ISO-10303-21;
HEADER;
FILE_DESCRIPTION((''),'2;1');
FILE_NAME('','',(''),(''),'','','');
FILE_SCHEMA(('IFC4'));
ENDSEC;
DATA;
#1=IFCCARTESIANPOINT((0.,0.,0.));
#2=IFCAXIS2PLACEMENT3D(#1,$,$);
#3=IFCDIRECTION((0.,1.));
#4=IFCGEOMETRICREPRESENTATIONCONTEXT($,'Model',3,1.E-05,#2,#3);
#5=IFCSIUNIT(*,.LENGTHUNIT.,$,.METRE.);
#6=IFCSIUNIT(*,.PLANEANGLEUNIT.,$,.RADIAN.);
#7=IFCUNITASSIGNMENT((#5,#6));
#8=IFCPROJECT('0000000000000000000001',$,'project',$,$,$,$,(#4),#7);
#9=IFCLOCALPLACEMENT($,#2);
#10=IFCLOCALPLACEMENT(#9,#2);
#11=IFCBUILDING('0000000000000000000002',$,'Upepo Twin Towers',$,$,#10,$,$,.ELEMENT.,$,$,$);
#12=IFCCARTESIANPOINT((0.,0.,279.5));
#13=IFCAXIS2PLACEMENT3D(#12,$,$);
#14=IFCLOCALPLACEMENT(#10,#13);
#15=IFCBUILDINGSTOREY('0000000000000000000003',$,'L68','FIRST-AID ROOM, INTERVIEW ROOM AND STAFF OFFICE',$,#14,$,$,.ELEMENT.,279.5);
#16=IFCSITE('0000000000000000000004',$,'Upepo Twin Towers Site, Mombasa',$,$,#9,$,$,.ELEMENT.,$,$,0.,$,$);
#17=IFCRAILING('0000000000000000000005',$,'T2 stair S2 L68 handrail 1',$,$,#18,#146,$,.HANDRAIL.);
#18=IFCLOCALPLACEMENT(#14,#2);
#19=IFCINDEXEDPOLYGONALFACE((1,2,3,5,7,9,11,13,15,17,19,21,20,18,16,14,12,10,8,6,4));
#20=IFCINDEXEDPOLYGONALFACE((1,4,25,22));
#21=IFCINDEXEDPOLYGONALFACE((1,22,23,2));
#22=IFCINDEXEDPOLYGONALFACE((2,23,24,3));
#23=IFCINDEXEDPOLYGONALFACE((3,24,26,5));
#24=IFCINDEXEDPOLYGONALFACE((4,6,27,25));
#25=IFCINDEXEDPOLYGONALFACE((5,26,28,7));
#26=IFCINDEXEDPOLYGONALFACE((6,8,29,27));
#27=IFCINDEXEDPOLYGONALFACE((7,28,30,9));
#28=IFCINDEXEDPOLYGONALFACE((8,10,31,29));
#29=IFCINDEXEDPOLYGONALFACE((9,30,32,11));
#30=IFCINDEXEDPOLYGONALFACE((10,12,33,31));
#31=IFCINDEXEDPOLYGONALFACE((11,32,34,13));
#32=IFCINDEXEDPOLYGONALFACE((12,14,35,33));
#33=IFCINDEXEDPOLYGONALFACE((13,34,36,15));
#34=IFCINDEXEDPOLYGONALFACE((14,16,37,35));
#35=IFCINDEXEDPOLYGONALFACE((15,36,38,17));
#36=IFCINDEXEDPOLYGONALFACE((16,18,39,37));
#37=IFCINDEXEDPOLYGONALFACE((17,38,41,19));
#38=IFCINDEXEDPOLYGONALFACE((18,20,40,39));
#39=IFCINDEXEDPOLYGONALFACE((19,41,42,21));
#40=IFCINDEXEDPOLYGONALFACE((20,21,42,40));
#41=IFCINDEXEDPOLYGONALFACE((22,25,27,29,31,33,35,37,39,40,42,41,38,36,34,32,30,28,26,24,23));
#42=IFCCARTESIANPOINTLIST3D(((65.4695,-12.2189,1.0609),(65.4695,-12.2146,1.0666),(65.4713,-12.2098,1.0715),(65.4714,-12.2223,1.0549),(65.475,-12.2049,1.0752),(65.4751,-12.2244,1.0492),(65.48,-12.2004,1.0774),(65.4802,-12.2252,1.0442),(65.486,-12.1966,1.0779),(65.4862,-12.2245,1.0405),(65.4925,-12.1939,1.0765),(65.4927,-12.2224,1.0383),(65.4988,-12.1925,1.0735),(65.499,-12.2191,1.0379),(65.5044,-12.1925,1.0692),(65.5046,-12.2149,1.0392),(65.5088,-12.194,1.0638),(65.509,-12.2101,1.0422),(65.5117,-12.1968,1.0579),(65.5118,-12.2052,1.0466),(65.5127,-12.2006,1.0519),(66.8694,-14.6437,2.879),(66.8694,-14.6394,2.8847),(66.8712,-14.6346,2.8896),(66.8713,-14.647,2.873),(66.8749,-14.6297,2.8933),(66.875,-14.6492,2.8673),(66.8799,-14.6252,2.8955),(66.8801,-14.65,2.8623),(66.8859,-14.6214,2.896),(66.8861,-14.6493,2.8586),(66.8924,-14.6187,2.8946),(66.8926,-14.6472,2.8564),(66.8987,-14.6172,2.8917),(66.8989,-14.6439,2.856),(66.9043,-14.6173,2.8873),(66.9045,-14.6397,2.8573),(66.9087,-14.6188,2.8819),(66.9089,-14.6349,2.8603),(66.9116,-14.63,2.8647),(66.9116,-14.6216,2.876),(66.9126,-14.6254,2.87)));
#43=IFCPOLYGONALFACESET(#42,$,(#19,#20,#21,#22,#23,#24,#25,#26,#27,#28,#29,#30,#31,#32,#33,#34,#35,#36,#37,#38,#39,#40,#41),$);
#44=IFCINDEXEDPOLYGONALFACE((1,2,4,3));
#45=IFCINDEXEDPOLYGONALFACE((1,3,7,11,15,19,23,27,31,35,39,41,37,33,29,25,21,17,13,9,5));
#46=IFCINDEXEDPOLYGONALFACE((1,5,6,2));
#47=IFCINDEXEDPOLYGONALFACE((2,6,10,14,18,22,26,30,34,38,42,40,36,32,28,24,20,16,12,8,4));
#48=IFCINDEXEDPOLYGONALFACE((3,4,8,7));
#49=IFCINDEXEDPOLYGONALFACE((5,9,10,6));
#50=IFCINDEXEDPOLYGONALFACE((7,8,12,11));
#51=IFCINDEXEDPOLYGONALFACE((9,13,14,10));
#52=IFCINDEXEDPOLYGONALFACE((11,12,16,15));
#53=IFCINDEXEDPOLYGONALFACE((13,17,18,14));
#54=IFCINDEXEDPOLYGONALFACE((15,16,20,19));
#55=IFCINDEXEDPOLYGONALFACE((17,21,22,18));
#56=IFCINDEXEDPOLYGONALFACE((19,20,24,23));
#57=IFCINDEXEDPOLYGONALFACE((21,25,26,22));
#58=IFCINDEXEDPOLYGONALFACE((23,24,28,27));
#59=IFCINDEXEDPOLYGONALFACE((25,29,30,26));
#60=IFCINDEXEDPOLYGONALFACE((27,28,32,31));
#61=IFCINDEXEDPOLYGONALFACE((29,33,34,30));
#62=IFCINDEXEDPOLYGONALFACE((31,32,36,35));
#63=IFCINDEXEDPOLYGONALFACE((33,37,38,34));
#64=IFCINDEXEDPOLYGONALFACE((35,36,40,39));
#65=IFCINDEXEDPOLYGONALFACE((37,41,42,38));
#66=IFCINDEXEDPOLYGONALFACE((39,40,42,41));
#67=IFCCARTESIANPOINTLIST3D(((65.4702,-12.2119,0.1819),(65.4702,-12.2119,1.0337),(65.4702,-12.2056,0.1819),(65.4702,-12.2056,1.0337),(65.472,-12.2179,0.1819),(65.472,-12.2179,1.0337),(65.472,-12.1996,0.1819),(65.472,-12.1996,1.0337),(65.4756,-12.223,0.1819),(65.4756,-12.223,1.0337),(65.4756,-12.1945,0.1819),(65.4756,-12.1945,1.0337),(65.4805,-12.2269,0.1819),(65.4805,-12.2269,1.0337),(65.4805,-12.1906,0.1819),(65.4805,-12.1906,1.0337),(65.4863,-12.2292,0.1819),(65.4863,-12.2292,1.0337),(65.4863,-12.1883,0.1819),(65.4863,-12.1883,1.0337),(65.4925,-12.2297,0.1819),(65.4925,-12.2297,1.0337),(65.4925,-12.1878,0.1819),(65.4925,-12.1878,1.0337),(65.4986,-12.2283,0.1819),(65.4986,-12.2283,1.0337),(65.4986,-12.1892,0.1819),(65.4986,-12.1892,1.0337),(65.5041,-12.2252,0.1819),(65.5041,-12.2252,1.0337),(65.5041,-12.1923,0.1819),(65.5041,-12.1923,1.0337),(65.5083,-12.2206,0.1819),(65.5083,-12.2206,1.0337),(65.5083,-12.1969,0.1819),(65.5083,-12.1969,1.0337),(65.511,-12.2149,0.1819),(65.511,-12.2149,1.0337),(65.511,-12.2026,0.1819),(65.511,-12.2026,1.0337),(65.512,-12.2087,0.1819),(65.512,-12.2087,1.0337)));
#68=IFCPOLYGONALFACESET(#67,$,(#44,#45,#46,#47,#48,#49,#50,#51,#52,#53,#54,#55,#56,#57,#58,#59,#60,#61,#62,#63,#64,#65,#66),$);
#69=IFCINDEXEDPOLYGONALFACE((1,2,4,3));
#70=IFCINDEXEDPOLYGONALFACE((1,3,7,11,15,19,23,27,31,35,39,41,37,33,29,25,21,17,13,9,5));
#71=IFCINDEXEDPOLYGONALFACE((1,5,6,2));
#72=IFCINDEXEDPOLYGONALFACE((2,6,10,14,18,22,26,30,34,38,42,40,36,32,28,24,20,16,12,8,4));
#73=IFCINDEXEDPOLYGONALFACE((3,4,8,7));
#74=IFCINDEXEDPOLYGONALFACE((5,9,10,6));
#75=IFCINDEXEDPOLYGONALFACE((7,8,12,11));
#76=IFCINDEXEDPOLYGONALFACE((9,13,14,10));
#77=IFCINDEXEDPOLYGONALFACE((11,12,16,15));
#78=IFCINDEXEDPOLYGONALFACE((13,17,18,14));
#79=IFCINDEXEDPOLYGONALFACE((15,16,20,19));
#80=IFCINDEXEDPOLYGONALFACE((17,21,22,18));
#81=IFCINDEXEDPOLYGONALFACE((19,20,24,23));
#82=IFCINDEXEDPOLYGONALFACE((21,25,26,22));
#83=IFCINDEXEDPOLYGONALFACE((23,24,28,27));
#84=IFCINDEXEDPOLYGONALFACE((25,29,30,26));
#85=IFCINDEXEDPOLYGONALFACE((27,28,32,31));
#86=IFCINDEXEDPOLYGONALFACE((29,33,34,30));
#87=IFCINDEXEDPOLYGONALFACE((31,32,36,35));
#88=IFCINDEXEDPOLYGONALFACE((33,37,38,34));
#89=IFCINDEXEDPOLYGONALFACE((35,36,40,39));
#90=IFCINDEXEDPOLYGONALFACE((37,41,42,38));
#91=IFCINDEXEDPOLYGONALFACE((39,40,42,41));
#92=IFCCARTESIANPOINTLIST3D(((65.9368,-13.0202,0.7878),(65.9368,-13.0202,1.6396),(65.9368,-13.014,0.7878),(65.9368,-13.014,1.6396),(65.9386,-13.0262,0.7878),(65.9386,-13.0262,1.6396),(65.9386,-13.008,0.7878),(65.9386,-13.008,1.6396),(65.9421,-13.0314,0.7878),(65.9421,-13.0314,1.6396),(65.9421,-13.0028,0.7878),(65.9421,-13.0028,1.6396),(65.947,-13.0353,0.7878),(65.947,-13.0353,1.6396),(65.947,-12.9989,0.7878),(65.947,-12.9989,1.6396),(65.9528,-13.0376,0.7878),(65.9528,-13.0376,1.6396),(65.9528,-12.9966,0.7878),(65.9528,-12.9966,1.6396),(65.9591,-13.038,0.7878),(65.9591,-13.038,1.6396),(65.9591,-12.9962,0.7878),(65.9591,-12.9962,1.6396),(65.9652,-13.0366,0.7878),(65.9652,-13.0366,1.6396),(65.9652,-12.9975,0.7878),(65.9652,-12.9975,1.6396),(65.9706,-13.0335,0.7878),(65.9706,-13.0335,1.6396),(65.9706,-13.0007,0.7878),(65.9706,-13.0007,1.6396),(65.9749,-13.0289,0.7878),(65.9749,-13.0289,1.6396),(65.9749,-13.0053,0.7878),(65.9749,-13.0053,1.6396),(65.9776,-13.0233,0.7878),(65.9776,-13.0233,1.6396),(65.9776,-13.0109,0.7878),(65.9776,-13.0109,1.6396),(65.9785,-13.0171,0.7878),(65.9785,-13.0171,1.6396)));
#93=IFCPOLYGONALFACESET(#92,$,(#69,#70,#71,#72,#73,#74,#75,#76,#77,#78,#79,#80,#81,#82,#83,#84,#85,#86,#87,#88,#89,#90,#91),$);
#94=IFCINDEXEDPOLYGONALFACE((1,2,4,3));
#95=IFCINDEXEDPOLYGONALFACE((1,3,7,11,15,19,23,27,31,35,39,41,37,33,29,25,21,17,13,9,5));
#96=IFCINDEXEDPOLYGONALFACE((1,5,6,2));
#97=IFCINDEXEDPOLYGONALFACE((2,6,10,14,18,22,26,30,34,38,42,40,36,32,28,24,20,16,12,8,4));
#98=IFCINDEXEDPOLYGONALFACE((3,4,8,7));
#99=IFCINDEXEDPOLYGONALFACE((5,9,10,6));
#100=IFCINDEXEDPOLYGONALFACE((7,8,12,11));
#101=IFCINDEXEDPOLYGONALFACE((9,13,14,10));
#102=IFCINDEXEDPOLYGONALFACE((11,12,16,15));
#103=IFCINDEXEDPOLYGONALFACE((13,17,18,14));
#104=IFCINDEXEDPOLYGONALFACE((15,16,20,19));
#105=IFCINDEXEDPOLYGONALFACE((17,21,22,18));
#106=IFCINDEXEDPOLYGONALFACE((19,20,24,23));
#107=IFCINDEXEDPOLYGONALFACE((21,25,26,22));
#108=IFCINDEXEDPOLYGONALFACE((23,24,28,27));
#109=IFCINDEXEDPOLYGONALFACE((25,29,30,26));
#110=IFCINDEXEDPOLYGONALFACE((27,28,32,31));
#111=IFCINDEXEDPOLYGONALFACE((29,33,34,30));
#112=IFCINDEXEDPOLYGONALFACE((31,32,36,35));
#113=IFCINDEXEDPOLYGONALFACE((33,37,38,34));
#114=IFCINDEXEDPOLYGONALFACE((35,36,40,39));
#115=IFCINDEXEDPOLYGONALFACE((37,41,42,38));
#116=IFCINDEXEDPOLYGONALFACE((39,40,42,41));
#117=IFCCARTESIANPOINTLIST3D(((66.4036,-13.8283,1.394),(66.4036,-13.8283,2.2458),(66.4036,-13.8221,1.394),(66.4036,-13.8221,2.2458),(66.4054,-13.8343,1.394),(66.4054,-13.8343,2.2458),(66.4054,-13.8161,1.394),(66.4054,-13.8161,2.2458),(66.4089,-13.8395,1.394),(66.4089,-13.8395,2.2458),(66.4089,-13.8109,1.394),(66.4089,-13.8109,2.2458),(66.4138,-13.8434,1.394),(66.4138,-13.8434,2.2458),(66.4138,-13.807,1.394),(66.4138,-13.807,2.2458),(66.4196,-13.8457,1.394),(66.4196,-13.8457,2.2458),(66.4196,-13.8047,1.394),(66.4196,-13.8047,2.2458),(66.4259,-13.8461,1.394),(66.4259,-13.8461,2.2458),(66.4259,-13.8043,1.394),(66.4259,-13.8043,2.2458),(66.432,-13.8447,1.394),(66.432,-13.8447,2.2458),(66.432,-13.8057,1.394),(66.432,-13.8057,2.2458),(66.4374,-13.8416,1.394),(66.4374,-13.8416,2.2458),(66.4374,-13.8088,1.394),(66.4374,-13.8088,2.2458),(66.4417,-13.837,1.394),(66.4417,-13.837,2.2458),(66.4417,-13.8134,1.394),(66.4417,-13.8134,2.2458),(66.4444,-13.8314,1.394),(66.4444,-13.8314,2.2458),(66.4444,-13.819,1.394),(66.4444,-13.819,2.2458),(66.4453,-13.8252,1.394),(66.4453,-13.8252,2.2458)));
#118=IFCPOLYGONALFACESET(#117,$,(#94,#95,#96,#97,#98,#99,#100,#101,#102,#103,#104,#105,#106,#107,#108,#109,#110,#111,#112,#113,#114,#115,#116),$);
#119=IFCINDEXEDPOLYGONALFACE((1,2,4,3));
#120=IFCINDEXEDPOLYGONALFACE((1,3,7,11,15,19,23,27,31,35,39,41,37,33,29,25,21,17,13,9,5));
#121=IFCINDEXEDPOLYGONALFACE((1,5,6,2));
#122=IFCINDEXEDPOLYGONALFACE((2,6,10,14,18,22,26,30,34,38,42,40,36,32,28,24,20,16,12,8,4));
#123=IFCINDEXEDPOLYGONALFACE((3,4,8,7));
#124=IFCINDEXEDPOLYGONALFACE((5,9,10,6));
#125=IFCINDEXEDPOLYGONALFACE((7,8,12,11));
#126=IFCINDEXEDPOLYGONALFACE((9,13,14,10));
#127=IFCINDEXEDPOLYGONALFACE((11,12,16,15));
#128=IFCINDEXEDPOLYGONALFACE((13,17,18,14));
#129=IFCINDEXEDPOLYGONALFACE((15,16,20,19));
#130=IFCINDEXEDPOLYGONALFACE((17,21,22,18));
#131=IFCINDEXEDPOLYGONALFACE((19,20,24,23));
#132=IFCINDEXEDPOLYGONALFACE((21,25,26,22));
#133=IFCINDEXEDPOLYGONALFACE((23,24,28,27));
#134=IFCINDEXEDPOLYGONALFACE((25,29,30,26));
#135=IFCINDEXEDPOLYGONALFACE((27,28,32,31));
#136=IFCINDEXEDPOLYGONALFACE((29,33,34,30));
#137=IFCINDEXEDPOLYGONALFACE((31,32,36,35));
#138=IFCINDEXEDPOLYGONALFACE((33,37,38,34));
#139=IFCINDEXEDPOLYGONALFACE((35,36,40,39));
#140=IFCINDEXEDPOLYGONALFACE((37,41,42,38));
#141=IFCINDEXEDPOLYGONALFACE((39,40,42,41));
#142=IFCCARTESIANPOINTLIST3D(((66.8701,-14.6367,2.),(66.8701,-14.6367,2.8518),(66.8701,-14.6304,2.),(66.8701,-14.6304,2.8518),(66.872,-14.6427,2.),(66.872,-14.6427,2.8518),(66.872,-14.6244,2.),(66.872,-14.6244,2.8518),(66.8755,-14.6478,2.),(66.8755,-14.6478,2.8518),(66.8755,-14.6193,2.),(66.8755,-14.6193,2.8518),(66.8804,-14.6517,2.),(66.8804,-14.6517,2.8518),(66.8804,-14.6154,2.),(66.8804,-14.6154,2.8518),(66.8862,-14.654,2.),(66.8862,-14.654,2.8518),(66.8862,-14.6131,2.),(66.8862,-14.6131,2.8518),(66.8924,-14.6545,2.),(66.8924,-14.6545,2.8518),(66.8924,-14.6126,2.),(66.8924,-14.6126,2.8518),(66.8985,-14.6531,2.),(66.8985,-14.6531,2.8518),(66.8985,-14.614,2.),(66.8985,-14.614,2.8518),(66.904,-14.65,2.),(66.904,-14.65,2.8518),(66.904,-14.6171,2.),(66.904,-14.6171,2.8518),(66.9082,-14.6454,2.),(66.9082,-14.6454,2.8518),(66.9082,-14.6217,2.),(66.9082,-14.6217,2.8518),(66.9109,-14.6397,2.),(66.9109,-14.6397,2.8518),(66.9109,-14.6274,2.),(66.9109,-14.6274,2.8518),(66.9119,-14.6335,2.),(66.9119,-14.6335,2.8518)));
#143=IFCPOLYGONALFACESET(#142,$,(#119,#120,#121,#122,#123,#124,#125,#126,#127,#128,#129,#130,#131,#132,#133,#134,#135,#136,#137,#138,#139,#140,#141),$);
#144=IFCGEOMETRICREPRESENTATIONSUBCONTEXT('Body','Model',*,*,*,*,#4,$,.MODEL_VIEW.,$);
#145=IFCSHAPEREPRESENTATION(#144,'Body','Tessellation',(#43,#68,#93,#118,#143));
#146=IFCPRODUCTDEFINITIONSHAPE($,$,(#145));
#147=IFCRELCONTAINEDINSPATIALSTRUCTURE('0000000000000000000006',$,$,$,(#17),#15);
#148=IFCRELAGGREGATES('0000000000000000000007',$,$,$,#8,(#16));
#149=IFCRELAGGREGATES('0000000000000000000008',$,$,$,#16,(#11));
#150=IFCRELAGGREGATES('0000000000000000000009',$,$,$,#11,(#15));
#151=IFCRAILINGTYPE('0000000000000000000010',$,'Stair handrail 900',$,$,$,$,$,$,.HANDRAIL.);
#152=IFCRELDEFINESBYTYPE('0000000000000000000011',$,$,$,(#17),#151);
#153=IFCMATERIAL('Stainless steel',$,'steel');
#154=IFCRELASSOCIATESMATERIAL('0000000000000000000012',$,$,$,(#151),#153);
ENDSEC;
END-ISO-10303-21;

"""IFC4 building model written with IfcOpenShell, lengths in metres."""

from ifc_helpers import new_model, si_unit, direction, frame, origin, origin_2d, place, context, subcontext, project, spatial, circle, extrude, material, type_object, element, save


model = new_model("IFC4")

# Units and contexts
model_context = context("Model", 3, precision=1e-05, world=origin(), true_north=direction((0.0, 1.0)))
body_context = subcontext(model_context, "Body", "Model", "MODEL_VIEW")
ifc_project = project(units=[si_unit("LENGTHUNIT", "METRE"), si_unit("PLANEANGLEUNIT", "RADIAN")], contexts=[model_context])

# Site, building, storey
site_placement = place(None, origin())
site = spatial("IfcSite", under=ifc_project, at=site_placement, Name="Upepo Twin Towers Site, Mombasa", CompositionType="ELEMENT", RefElevation=0.0)
building_placement = place(site_placement, origin())
building = spatial("IfcBuilding", under=site, at=building_placement, Name="Upepo Twin Towers", CompositionType="ELEMENT")
storey_placement = place(building_placement, frame((0.0, 0.0, 279.5)))
storey = spatial("IfcBuildingStorey", under=building, at=storey_placement, Name="L68", Description="FIRST-AID ROOM, INTERVIEW ROOM AND STAFF OFFICE", CompositionType="ELEMENT", Elevation=279.5)

# Railing
ifc_material_1 = material(Name="Stainless steel", Category="steel")
railing_type = type_object("IfcRailingType", Name="Stair handrail 900", PredefinedType="HANDRAIL", material=ifc_material_1)
railing_1_placement = place(storey_placement, frame((65.491, -12.2087, 0.1819)))
element("IfcRailing", 1, at=railing_1_placement, inside=storey, type_object=railing_type, Name="T2 stair S2 L68 handrail 1", PredefinedType="HANDRAIL", context=body_context, shape_type="SweptSolid", body=[
    extrude(circle(Radius=0.0239, at=origin_2d()), frame((0.0, 0.0, 0.876), z_axis=(0.419333, -0.726336, 0.544606), x_axis=(0.866035, 0.499984, 0.0)), (0.0, 0.0, 1.0), 3.3384),
    extrude(circle(Radius=0.021, at=origin_2d()), origin(), (0.0, 0.0, 1.0), 0.8518),
    extrude(circle(Radius=0.021, at=origin_2d()), frame((0.4666, -0.8083, 0.606)), (0.0, 0.0, 1.0), 0.8518),
    extrude(circle(Radius=0.021, at=origin_2d()), frame((0.9333, -1.6165, 1.2122)), (0.0, 0.0, 1.0), 0.8518),
    extrude(circle(Radius=0.021, at=origin_2d()), frame((1.3999, -2.4248, 1.8181)), (0.0, 0.0, 1.0), 0.8518),
])

save(model, "model.ifc")
